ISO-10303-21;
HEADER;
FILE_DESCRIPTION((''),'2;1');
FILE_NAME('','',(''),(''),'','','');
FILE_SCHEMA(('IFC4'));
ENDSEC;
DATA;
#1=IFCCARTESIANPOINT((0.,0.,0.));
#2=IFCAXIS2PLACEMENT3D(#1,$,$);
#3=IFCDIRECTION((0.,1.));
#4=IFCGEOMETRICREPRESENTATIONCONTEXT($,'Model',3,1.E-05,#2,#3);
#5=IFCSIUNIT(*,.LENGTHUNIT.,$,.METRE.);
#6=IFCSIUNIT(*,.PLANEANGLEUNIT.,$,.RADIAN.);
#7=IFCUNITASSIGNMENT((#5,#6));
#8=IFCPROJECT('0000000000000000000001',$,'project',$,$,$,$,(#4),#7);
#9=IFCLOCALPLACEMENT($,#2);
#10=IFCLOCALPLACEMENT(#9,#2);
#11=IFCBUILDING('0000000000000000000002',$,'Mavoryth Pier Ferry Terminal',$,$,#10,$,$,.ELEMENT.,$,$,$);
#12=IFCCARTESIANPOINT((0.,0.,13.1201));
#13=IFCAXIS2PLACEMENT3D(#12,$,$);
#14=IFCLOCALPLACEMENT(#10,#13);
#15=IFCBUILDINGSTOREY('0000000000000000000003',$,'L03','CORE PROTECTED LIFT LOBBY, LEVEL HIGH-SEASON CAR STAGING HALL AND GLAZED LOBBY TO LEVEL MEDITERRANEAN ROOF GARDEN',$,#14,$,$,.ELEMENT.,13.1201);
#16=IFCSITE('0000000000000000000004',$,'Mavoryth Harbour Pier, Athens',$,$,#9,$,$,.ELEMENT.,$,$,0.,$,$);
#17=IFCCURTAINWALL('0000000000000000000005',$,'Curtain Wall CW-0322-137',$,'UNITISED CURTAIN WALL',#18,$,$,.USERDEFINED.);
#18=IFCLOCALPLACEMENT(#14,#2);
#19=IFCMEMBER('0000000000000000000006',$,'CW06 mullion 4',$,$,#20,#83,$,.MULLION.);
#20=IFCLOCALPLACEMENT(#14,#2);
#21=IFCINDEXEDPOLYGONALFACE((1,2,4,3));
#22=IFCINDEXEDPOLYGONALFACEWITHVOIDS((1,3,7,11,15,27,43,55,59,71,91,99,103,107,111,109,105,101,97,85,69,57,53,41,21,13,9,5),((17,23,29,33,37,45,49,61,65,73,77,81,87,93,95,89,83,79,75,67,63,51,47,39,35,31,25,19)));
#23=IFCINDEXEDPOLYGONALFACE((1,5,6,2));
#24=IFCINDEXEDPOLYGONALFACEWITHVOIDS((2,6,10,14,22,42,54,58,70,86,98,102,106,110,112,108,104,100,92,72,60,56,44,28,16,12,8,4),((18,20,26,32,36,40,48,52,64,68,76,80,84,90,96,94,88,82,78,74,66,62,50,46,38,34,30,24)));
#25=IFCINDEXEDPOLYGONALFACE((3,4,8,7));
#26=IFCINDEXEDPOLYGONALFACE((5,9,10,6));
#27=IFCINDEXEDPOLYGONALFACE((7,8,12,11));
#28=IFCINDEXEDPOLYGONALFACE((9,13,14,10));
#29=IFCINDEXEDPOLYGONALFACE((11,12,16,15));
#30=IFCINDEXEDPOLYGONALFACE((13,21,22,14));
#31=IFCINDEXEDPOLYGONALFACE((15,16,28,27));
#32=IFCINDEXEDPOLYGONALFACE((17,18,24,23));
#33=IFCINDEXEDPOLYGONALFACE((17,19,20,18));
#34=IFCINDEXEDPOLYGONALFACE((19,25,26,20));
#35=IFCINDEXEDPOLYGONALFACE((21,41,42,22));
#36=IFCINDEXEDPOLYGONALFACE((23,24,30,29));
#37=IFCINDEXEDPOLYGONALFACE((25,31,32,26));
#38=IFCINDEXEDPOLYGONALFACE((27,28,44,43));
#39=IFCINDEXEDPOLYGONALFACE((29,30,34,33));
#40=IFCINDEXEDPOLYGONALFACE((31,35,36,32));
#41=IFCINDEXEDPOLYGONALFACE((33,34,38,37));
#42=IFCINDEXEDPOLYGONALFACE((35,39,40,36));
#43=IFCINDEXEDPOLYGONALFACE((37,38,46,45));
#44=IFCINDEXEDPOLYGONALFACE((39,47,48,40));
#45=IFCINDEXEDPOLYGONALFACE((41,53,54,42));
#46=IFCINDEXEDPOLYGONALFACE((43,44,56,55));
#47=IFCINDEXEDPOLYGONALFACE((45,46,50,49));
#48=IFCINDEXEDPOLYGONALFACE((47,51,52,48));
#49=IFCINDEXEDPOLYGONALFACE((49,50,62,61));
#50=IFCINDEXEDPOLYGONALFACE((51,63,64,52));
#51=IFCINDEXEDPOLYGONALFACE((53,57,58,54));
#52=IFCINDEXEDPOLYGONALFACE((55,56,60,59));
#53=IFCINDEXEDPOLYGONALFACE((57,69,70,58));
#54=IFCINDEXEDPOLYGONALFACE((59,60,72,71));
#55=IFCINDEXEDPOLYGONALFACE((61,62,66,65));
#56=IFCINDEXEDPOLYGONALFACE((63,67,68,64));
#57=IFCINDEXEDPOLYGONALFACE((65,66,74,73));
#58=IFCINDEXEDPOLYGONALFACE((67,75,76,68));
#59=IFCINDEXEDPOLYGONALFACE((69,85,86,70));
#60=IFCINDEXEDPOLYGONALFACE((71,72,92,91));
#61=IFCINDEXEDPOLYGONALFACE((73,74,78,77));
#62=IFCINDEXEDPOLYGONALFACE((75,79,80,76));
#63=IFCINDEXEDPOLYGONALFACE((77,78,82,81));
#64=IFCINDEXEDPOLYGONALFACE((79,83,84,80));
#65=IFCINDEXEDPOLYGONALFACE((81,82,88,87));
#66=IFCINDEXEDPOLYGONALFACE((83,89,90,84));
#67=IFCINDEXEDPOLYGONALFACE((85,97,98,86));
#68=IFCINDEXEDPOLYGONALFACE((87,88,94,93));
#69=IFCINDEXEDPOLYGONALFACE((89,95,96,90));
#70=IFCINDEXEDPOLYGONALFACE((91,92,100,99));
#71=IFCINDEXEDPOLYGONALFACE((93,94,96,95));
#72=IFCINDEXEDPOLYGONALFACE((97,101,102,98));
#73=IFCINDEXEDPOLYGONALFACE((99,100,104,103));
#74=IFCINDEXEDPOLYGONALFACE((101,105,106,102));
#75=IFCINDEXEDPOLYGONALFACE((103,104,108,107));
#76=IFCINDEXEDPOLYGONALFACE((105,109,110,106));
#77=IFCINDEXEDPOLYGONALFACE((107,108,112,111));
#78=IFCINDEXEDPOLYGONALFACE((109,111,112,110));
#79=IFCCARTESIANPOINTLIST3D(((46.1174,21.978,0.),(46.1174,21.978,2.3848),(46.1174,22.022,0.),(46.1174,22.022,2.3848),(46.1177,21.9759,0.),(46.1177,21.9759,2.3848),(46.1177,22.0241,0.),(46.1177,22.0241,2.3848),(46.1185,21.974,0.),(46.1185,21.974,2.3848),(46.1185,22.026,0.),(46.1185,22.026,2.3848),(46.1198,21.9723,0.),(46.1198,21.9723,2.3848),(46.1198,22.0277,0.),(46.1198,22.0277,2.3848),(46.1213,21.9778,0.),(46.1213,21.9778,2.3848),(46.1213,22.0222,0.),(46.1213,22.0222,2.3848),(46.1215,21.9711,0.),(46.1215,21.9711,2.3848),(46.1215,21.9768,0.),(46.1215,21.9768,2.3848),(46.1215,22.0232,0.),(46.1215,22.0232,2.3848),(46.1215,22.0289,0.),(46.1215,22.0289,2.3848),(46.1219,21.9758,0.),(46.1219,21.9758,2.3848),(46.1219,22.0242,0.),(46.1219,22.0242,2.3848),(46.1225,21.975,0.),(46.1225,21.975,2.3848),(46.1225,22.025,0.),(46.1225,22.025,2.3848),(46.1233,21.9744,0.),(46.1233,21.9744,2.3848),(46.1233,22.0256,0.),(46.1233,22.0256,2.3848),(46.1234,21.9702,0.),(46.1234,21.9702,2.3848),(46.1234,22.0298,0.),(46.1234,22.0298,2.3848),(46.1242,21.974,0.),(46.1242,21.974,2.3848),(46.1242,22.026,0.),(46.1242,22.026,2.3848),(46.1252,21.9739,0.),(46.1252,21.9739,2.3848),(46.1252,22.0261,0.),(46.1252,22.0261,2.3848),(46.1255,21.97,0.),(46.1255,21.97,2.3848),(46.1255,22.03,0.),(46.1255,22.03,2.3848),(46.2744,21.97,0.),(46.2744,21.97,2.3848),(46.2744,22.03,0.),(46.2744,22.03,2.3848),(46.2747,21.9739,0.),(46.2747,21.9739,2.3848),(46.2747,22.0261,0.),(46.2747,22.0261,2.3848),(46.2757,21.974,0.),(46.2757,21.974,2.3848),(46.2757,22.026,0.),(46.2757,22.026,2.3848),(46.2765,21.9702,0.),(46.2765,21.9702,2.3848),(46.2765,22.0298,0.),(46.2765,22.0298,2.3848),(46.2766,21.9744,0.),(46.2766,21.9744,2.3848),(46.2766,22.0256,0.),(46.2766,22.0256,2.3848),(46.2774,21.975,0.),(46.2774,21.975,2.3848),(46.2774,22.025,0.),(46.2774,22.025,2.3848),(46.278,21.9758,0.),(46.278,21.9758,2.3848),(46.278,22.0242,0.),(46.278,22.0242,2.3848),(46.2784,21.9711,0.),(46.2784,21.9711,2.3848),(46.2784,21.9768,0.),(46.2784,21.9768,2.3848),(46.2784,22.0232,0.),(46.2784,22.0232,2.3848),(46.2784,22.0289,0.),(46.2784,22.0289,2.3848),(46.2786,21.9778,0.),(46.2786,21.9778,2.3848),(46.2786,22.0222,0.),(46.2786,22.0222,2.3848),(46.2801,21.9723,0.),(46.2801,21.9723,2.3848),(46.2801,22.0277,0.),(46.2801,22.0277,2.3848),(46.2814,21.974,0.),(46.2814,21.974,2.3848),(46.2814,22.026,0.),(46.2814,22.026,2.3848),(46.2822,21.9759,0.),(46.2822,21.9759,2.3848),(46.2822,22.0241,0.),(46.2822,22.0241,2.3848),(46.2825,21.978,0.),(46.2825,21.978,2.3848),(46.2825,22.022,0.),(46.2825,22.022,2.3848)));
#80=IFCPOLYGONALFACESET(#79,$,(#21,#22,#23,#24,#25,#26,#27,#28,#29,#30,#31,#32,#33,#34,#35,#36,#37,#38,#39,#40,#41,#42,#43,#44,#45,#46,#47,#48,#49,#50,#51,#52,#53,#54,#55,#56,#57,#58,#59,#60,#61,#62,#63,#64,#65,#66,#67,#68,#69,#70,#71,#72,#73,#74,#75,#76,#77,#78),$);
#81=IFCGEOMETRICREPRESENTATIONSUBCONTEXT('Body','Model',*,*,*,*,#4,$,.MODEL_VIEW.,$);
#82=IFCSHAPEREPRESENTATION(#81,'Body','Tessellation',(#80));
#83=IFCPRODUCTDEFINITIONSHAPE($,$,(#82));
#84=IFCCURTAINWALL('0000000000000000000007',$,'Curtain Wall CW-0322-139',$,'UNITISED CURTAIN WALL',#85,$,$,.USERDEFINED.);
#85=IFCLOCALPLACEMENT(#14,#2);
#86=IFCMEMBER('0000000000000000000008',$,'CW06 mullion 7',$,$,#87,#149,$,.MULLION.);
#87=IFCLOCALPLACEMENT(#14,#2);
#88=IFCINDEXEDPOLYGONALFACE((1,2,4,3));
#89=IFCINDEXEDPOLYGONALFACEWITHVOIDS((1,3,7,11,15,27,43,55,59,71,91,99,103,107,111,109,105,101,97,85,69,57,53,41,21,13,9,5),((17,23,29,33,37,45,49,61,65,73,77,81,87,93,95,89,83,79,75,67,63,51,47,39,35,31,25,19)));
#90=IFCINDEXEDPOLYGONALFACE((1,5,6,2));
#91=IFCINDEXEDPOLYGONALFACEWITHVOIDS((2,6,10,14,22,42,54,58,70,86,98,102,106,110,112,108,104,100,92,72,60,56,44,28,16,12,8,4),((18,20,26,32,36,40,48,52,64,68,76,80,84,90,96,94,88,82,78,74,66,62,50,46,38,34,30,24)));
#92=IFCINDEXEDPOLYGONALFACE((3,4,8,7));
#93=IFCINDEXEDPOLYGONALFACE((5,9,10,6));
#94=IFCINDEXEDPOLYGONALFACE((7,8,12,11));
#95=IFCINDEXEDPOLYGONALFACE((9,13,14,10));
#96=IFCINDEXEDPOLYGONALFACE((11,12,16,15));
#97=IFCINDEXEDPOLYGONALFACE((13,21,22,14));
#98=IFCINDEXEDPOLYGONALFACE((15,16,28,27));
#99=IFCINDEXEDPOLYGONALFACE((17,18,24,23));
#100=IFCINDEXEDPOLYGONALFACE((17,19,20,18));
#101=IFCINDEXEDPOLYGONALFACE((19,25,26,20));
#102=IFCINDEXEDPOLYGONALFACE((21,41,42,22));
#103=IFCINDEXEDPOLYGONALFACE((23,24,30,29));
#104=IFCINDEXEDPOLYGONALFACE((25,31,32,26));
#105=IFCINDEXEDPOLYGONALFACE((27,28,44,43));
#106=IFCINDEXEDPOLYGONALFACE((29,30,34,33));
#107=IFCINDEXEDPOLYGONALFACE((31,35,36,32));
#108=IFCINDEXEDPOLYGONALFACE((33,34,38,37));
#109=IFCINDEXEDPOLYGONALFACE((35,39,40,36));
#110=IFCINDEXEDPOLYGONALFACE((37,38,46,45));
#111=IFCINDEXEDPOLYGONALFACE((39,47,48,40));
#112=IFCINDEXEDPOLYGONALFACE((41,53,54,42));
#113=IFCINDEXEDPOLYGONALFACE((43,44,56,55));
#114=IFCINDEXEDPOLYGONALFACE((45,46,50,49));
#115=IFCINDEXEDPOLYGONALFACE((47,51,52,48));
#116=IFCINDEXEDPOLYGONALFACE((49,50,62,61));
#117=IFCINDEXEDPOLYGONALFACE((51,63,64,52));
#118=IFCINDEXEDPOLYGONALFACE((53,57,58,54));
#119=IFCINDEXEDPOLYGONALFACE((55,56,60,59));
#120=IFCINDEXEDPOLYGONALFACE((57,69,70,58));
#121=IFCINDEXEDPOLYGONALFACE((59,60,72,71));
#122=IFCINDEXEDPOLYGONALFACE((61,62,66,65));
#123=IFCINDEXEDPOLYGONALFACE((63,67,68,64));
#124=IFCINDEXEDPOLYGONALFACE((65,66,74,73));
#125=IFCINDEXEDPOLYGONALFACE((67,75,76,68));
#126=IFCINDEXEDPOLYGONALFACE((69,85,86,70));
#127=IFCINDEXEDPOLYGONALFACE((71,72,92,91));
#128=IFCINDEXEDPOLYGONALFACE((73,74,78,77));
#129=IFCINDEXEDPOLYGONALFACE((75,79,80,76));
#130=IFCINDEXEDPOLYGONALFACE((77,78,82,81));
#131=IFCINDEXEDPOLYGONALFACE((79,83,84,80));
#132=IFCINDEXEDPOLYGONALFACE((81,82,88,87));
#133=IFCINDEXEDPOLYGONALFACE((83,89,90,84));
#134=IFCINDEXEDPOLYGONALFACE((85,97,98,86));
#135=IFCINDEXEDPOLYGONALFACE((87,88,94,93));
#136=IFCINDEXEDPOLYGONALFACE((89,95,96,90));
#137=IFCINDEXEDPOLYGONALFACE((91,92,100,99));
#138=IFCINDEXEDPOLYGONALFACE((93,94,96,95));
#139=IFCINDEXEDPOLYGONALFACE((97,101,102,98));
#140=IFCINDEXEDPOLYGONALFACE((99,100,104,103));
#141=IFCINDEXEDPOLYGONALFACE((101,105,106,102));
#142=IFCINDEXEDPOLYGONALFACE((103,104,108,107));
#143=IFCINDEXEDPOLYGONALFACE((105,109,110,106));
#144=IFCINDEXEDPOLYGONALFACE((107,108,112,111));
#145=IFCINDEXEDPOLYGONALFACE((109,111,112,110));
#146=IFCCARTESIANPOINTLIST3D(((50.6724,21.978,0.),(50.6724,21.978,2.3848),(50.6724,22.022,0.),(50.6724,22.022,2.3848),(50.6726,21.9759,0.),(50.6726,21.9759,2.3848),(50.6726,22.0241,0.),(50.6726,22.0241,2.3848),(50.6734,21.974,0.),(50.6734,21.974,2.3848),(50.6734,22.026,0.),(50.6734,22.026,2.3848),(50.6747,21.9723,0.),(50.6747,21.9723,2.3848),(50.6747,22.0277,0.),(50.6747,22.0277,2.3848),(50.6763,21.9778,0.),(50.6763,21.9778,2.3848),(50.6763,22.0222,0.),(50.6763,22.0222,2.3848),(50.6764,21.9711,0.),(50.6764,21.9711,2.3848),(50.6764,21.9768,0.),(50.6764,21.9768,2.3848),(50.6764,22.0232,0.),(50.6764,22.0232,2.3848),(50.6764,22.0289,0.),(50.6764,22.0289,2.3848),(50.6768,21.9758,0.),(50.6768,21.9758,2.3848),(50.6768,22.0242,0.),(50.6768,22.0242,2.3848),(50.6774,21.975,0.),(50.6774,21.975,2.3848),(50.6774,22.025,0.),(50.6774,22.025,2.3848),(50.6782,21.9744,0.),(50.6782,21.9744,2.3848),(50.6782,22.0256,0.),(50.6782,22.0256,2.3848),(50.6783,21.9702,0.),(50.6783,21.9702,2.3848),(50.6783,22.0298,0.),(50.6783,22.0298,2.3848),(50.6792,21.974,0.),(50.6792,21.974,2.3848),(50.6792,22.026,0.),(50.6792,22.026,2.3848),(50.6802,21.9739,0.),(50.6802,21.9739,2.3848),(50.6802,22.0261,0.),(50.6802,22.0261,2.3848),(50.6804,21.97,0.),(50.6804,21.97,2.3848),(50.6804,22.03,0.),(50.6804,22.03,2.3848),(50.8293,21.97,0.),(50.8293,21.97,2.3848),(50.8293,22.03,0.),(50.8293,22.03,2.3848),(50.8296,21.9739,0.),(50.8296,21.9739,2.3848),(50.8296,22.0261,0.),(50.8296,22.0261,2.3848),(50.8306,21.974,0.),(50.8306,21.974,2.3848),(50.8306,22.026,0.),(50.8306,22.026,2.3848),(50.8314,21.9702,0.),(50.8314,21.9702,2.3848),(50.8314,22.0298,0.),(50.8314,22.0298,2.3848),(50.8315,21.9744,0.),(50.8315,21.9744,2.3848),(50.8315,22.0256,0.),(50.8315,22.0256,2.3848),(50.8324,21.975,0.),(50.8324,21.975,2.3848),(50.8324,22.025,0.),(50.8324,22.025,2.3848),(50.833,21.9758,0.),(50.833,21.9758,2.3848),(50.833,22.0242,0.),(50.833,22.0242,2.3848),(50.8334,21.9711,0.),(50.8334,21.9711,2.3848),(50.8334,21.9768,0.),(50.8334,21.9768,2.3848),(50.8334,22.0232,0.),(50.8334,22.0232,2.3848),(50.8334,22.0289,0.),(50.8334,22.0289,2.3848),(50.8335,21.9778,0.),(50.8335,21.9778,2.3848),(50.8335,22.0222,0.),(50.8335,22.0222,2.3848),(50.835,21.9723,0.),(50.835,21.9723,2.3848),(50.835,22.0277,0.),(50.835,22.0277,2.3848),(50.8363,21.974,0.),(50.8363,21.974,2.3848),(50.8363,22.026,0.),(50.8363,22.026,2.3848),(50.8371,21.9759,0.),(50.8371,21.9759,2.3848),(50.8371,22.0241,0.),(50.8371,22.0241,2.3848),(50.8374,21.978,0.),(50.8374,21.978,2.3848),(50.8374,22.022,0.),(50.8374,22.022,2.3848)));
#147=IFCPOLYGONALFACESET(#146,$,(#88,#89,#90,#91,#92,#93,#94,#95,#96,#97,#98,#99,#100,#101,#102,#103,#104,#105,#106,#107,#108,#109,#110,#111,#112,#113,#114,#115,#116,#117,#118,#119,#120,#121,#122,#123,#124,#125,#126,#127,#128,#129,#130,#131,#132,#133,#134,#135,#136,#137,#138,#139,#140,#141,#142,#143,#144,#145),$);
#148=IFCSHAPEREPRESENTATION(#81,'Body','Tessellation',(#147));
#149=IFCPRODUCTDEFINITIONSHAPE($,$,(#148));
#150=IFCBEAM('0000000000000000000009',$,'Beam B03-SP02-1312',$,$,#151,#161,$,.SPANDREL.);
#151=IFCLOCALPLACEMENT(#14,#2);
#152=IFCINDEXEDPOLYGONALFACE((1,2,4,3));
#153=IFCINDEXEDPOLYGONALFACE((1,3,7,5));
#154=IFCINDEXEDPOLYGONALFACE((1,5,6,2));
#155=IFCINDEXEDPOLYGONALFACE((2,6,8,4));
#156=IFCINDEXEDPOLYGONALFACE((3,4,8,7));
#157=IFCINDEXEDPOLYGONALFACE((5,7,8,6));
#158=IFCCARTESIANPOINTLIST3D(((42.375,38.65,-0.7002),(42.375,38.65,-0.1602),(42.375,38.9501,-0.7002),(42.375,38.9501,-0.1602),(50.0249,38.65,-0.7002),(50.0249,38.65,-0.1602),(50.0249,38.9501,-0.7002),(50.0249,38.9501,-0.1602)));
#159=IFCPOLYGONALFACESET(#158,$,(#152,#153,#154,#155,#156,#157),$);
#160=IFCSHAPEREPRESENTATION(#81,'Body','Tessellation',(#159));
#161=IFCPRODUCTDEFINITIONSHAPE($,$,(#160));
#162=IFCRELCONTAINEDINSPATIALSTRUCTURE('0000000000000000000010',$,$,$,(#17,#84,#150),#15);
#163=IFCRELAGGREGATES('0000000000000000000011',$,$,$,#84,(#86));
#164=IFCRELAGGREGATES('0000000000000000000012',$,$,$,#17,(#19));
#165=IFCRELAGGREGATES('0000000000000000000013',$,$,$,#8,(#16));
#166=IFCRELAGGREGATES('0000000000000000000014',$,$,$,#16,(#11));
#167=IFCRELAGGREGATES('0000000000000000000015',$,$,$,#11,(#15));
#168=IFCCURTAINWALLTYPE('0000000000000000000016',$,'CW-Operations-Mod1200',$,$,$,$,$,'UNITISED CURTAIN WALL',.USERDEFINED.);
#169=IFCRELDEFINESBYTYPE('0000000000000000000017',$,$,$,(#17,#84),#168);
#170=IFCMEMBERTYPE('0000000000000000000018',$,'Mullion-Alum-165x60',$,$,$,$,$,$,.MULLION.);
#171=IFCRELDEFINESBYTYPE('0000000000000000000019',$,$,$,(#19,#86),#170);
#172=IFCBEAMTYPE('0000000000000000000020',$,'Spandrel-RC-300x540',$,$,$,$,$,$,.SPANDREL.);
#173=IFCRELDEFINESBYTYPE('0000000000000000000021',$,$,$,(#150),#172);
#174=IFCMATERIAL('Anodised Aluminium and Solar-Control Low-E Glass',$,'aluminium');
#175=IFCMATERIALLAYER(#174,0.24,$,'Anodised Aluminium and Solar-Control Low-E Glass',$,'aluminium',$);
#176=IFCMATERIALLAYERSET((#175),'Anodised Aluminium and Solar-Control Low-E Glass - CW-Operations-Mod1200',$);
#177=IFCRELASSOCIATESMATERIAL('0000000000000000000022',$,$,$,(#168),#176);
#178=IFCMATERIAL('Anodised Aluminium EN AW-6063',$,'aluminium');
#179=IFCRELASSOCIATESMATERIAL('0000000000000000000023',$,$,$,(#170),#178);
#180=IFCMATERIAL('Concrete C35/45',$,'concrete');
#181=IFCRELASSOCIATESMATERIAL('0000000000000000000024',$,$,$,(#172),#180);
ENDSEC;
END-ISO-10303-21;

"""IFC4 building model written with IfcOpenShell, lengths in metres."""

from ifc_helpers import new_model, si_unit, direction, frame, origin, origin_2d, place, context, subcontext, project, spatial, rectangle, hollow_rectangle, extrude, material, layer, layer_set, material_profile, profile_set, type_object, element, aggregate, save


model = new_model("IFC4")

# Units and contexts
model_context = context("Model", 3, precision=1e-05, world=origin(), true_north=direction((0.0, 1.0)))
body_context = subcontext(model_context, "Body", "Model", "MODEL_VIEW")
ifc_project = project(units=[si_unit("LENGTHUNIT", "METRE"), si_unit("PLANEANGLEUNIT", "RADIAN")], contexts=[model_context])

# Site, building, storey
site_placement = place(None, origin())
site = spatial("IfcSite", under=ifc_project, at=site_placement, Name="Mavoryth Harbour Pier, Athens", CompositionType="ELEMENT", RefElevation=0.0)
building_placement = place(site_placement, origin())
building = spatial("IfcBuilding", under=site, at=building_placement, Name="Mavoryth Pier Ferry Terminal", CompositionType="ELEMENT")
storey_placement = place(building_placement, frame((0.0, 0.0, 13.1201)))
storey = spatial("IfcBuildingStorey", under=building, at=storey_placement, Name="L03", Description="CORE PROTECTED LIFT LOBBY, LEVEL HIGH-SEASON CAR STAGING HALL AND GLAZED LOBBY TO LEVEL MEDITERRANEAN ROOF GARDEN", CompositionType="ELEMENT", Elevation=13.1201)

# Shared definitions
ifc_material_1 = material(Name="Concrete C35/45", Category="concrete")

# Curtain wall, member
ifc_material_2 = material(Name="Anodised Aluminium and Solar-Control Low-E Glass", Category="aluminium")
ifc_layer_1 = layer(ifc_material_2, 0.24, Name="Anodised Aluminium and Solar-Control Low-E Glass", Category="aluminium")
ifc_layer_set_1 = layer_set([ifc_layer_1], Name="Anodised Aluminium and Solar-Control Low-E Glass - CW-Operations-Mod1200")
curtain_wall_type = type_object("IfcCurtainWallType", Name="CW-Operations-Mod1200", ElementType="UNITISED CURTAIN WALL", PredefinedType="USERDEFINED", material=ifc_layer_set_1)
curtain_wall_1_placement = place(storey_placement, origin())
curtain_wall_1 = element("IfcCurtainWall", 1, at=curtain_wall_1_placement, inside=storey, type_object=curtain_wall_type, Name="Curtain Wall CW-0322-137", ObjectType="UNITISED CURTAIN WALL", PredefinedType="USERDEFINED")
ifc_material_3 = material(Name="Anodised Aluminium EN AW-6063", Category="aluminium")
ifc_material_profile_1 = material_profile(ifc_material_3, hollow_rectangle(XDim=0.0601, YDim=0.165, WallThickness=0.0039, InnerFilletRadius=0.0039, OuterFilletRadius=0.0081, at=origin_2d()), Name="AL-MULL 165x60x4", Category="aluminium")
ifc_profile_set_1 = profile_set([ifc_material_profile_1], Name="Anodised Aluminium EN AW-6063 - AL-MULL 165x60x4")
member_type_1 = type_object("IfcMemberType", Name="Mullion-Alum-165x60", PredefinedType="MULLION", material=ifc_profile_set_1)
member_1_placement = place(storey_placement, frame((46.2, 22.0, 0.0), z_axis=(0.0, 0.0, 1.0), x_axis=(0.0, -1.0, 0.0)))
member_1 = element("IfcMember", 2, at=member_1_placement, type_object=member_type_1, Name="CW06 mullion 4", PredefinedType="MULLION", context=body_context, shape_type="SweptSolid", body=[
    extrude(hollow_rectangle(XDim=0.0601, YDim=0.165, WallThickness=0.0039, InnerFilletRadius=0.0039, OuterFilletRadius=0.0081, at=origin_2d()), origin(), (0.0, 0.0, 1.0), 2.3848),
])

# Curtain wall, member
curtain_wall_2_placement = place(storey_placement, origin())
curtain_wall_2 = element("IfcCurtainWall", 3, at=curtain_wall_2_placement, inside=storey, type_object=curtain_wall_type, Name="Curtain Wall CW-0322-139", ObjectType="UNITISED CURTAIN WALL", PredefinedType="USERDEFINED")
member_2_placement = place(storey_placement, frame((50.7549, 22.0, 0.0), z_axis=(0.0, 0.0, 1.0), x_axis=(0.0, -1.0, 0.0)))
member_2 = element("IfcMember", 4, at=member_2_placement, type_object=member_type_1, Name="CW06 mullion 7", PredefinedType="MULLION", context=body_context, shape_type="SweptSolid", body=[
    extrude(hollow_rectangle(XDim=0.0601, YDim=0.165, WallThickness=0.0039, InnerFilletRadius=0.0039, OuterFilletRadius=0.0081, at=origin_2d()), origin(), (0.0, 0.0, 1.0), 2.3848),
])
aggregate(curtain_wall_2, [member_2])

# Beam
ifc_material_profile_2 = material_profile(ifc_material_1, rectangle(XDim=0.3, YDim=0.54, at=origin_2d()), Name="RC 300x540", Category="concrete")
ifc_profile_set_2 = profile_set([ifc_material_profile_2], Name="Concrete C35/45 - RC 300x540")
beam_type_1 = type_object("IfcBeamType", Name="Spandrel-RC-300x540", PredefinedType="SPANDREL", material=ifc_profile_set_2)
beam_1_placement = place(storey_placement, frame((42.375, 38.8, -0.4302), z_axis=(1.0, 0.0, 0.0), x_axis=(0.0, 1.0, 0.0)))
element("IfcBeam", 5, at=beam_1_placement, inside=storey, type_object=beam_type_1, Name="Beam B03-SP02-1312", PredefinedType="SPANDREL", context=body_context, shape_type="SweptSolid", body=[
    extrude(rectangle(XDim=0.3, YDim=0.54, at=origin_2d()), origin(), (0.0, 0.0, 1.0), 7.6499),
])

aggregate(curtain_wall_1, [member_1])

save(model, "model.ifc")
